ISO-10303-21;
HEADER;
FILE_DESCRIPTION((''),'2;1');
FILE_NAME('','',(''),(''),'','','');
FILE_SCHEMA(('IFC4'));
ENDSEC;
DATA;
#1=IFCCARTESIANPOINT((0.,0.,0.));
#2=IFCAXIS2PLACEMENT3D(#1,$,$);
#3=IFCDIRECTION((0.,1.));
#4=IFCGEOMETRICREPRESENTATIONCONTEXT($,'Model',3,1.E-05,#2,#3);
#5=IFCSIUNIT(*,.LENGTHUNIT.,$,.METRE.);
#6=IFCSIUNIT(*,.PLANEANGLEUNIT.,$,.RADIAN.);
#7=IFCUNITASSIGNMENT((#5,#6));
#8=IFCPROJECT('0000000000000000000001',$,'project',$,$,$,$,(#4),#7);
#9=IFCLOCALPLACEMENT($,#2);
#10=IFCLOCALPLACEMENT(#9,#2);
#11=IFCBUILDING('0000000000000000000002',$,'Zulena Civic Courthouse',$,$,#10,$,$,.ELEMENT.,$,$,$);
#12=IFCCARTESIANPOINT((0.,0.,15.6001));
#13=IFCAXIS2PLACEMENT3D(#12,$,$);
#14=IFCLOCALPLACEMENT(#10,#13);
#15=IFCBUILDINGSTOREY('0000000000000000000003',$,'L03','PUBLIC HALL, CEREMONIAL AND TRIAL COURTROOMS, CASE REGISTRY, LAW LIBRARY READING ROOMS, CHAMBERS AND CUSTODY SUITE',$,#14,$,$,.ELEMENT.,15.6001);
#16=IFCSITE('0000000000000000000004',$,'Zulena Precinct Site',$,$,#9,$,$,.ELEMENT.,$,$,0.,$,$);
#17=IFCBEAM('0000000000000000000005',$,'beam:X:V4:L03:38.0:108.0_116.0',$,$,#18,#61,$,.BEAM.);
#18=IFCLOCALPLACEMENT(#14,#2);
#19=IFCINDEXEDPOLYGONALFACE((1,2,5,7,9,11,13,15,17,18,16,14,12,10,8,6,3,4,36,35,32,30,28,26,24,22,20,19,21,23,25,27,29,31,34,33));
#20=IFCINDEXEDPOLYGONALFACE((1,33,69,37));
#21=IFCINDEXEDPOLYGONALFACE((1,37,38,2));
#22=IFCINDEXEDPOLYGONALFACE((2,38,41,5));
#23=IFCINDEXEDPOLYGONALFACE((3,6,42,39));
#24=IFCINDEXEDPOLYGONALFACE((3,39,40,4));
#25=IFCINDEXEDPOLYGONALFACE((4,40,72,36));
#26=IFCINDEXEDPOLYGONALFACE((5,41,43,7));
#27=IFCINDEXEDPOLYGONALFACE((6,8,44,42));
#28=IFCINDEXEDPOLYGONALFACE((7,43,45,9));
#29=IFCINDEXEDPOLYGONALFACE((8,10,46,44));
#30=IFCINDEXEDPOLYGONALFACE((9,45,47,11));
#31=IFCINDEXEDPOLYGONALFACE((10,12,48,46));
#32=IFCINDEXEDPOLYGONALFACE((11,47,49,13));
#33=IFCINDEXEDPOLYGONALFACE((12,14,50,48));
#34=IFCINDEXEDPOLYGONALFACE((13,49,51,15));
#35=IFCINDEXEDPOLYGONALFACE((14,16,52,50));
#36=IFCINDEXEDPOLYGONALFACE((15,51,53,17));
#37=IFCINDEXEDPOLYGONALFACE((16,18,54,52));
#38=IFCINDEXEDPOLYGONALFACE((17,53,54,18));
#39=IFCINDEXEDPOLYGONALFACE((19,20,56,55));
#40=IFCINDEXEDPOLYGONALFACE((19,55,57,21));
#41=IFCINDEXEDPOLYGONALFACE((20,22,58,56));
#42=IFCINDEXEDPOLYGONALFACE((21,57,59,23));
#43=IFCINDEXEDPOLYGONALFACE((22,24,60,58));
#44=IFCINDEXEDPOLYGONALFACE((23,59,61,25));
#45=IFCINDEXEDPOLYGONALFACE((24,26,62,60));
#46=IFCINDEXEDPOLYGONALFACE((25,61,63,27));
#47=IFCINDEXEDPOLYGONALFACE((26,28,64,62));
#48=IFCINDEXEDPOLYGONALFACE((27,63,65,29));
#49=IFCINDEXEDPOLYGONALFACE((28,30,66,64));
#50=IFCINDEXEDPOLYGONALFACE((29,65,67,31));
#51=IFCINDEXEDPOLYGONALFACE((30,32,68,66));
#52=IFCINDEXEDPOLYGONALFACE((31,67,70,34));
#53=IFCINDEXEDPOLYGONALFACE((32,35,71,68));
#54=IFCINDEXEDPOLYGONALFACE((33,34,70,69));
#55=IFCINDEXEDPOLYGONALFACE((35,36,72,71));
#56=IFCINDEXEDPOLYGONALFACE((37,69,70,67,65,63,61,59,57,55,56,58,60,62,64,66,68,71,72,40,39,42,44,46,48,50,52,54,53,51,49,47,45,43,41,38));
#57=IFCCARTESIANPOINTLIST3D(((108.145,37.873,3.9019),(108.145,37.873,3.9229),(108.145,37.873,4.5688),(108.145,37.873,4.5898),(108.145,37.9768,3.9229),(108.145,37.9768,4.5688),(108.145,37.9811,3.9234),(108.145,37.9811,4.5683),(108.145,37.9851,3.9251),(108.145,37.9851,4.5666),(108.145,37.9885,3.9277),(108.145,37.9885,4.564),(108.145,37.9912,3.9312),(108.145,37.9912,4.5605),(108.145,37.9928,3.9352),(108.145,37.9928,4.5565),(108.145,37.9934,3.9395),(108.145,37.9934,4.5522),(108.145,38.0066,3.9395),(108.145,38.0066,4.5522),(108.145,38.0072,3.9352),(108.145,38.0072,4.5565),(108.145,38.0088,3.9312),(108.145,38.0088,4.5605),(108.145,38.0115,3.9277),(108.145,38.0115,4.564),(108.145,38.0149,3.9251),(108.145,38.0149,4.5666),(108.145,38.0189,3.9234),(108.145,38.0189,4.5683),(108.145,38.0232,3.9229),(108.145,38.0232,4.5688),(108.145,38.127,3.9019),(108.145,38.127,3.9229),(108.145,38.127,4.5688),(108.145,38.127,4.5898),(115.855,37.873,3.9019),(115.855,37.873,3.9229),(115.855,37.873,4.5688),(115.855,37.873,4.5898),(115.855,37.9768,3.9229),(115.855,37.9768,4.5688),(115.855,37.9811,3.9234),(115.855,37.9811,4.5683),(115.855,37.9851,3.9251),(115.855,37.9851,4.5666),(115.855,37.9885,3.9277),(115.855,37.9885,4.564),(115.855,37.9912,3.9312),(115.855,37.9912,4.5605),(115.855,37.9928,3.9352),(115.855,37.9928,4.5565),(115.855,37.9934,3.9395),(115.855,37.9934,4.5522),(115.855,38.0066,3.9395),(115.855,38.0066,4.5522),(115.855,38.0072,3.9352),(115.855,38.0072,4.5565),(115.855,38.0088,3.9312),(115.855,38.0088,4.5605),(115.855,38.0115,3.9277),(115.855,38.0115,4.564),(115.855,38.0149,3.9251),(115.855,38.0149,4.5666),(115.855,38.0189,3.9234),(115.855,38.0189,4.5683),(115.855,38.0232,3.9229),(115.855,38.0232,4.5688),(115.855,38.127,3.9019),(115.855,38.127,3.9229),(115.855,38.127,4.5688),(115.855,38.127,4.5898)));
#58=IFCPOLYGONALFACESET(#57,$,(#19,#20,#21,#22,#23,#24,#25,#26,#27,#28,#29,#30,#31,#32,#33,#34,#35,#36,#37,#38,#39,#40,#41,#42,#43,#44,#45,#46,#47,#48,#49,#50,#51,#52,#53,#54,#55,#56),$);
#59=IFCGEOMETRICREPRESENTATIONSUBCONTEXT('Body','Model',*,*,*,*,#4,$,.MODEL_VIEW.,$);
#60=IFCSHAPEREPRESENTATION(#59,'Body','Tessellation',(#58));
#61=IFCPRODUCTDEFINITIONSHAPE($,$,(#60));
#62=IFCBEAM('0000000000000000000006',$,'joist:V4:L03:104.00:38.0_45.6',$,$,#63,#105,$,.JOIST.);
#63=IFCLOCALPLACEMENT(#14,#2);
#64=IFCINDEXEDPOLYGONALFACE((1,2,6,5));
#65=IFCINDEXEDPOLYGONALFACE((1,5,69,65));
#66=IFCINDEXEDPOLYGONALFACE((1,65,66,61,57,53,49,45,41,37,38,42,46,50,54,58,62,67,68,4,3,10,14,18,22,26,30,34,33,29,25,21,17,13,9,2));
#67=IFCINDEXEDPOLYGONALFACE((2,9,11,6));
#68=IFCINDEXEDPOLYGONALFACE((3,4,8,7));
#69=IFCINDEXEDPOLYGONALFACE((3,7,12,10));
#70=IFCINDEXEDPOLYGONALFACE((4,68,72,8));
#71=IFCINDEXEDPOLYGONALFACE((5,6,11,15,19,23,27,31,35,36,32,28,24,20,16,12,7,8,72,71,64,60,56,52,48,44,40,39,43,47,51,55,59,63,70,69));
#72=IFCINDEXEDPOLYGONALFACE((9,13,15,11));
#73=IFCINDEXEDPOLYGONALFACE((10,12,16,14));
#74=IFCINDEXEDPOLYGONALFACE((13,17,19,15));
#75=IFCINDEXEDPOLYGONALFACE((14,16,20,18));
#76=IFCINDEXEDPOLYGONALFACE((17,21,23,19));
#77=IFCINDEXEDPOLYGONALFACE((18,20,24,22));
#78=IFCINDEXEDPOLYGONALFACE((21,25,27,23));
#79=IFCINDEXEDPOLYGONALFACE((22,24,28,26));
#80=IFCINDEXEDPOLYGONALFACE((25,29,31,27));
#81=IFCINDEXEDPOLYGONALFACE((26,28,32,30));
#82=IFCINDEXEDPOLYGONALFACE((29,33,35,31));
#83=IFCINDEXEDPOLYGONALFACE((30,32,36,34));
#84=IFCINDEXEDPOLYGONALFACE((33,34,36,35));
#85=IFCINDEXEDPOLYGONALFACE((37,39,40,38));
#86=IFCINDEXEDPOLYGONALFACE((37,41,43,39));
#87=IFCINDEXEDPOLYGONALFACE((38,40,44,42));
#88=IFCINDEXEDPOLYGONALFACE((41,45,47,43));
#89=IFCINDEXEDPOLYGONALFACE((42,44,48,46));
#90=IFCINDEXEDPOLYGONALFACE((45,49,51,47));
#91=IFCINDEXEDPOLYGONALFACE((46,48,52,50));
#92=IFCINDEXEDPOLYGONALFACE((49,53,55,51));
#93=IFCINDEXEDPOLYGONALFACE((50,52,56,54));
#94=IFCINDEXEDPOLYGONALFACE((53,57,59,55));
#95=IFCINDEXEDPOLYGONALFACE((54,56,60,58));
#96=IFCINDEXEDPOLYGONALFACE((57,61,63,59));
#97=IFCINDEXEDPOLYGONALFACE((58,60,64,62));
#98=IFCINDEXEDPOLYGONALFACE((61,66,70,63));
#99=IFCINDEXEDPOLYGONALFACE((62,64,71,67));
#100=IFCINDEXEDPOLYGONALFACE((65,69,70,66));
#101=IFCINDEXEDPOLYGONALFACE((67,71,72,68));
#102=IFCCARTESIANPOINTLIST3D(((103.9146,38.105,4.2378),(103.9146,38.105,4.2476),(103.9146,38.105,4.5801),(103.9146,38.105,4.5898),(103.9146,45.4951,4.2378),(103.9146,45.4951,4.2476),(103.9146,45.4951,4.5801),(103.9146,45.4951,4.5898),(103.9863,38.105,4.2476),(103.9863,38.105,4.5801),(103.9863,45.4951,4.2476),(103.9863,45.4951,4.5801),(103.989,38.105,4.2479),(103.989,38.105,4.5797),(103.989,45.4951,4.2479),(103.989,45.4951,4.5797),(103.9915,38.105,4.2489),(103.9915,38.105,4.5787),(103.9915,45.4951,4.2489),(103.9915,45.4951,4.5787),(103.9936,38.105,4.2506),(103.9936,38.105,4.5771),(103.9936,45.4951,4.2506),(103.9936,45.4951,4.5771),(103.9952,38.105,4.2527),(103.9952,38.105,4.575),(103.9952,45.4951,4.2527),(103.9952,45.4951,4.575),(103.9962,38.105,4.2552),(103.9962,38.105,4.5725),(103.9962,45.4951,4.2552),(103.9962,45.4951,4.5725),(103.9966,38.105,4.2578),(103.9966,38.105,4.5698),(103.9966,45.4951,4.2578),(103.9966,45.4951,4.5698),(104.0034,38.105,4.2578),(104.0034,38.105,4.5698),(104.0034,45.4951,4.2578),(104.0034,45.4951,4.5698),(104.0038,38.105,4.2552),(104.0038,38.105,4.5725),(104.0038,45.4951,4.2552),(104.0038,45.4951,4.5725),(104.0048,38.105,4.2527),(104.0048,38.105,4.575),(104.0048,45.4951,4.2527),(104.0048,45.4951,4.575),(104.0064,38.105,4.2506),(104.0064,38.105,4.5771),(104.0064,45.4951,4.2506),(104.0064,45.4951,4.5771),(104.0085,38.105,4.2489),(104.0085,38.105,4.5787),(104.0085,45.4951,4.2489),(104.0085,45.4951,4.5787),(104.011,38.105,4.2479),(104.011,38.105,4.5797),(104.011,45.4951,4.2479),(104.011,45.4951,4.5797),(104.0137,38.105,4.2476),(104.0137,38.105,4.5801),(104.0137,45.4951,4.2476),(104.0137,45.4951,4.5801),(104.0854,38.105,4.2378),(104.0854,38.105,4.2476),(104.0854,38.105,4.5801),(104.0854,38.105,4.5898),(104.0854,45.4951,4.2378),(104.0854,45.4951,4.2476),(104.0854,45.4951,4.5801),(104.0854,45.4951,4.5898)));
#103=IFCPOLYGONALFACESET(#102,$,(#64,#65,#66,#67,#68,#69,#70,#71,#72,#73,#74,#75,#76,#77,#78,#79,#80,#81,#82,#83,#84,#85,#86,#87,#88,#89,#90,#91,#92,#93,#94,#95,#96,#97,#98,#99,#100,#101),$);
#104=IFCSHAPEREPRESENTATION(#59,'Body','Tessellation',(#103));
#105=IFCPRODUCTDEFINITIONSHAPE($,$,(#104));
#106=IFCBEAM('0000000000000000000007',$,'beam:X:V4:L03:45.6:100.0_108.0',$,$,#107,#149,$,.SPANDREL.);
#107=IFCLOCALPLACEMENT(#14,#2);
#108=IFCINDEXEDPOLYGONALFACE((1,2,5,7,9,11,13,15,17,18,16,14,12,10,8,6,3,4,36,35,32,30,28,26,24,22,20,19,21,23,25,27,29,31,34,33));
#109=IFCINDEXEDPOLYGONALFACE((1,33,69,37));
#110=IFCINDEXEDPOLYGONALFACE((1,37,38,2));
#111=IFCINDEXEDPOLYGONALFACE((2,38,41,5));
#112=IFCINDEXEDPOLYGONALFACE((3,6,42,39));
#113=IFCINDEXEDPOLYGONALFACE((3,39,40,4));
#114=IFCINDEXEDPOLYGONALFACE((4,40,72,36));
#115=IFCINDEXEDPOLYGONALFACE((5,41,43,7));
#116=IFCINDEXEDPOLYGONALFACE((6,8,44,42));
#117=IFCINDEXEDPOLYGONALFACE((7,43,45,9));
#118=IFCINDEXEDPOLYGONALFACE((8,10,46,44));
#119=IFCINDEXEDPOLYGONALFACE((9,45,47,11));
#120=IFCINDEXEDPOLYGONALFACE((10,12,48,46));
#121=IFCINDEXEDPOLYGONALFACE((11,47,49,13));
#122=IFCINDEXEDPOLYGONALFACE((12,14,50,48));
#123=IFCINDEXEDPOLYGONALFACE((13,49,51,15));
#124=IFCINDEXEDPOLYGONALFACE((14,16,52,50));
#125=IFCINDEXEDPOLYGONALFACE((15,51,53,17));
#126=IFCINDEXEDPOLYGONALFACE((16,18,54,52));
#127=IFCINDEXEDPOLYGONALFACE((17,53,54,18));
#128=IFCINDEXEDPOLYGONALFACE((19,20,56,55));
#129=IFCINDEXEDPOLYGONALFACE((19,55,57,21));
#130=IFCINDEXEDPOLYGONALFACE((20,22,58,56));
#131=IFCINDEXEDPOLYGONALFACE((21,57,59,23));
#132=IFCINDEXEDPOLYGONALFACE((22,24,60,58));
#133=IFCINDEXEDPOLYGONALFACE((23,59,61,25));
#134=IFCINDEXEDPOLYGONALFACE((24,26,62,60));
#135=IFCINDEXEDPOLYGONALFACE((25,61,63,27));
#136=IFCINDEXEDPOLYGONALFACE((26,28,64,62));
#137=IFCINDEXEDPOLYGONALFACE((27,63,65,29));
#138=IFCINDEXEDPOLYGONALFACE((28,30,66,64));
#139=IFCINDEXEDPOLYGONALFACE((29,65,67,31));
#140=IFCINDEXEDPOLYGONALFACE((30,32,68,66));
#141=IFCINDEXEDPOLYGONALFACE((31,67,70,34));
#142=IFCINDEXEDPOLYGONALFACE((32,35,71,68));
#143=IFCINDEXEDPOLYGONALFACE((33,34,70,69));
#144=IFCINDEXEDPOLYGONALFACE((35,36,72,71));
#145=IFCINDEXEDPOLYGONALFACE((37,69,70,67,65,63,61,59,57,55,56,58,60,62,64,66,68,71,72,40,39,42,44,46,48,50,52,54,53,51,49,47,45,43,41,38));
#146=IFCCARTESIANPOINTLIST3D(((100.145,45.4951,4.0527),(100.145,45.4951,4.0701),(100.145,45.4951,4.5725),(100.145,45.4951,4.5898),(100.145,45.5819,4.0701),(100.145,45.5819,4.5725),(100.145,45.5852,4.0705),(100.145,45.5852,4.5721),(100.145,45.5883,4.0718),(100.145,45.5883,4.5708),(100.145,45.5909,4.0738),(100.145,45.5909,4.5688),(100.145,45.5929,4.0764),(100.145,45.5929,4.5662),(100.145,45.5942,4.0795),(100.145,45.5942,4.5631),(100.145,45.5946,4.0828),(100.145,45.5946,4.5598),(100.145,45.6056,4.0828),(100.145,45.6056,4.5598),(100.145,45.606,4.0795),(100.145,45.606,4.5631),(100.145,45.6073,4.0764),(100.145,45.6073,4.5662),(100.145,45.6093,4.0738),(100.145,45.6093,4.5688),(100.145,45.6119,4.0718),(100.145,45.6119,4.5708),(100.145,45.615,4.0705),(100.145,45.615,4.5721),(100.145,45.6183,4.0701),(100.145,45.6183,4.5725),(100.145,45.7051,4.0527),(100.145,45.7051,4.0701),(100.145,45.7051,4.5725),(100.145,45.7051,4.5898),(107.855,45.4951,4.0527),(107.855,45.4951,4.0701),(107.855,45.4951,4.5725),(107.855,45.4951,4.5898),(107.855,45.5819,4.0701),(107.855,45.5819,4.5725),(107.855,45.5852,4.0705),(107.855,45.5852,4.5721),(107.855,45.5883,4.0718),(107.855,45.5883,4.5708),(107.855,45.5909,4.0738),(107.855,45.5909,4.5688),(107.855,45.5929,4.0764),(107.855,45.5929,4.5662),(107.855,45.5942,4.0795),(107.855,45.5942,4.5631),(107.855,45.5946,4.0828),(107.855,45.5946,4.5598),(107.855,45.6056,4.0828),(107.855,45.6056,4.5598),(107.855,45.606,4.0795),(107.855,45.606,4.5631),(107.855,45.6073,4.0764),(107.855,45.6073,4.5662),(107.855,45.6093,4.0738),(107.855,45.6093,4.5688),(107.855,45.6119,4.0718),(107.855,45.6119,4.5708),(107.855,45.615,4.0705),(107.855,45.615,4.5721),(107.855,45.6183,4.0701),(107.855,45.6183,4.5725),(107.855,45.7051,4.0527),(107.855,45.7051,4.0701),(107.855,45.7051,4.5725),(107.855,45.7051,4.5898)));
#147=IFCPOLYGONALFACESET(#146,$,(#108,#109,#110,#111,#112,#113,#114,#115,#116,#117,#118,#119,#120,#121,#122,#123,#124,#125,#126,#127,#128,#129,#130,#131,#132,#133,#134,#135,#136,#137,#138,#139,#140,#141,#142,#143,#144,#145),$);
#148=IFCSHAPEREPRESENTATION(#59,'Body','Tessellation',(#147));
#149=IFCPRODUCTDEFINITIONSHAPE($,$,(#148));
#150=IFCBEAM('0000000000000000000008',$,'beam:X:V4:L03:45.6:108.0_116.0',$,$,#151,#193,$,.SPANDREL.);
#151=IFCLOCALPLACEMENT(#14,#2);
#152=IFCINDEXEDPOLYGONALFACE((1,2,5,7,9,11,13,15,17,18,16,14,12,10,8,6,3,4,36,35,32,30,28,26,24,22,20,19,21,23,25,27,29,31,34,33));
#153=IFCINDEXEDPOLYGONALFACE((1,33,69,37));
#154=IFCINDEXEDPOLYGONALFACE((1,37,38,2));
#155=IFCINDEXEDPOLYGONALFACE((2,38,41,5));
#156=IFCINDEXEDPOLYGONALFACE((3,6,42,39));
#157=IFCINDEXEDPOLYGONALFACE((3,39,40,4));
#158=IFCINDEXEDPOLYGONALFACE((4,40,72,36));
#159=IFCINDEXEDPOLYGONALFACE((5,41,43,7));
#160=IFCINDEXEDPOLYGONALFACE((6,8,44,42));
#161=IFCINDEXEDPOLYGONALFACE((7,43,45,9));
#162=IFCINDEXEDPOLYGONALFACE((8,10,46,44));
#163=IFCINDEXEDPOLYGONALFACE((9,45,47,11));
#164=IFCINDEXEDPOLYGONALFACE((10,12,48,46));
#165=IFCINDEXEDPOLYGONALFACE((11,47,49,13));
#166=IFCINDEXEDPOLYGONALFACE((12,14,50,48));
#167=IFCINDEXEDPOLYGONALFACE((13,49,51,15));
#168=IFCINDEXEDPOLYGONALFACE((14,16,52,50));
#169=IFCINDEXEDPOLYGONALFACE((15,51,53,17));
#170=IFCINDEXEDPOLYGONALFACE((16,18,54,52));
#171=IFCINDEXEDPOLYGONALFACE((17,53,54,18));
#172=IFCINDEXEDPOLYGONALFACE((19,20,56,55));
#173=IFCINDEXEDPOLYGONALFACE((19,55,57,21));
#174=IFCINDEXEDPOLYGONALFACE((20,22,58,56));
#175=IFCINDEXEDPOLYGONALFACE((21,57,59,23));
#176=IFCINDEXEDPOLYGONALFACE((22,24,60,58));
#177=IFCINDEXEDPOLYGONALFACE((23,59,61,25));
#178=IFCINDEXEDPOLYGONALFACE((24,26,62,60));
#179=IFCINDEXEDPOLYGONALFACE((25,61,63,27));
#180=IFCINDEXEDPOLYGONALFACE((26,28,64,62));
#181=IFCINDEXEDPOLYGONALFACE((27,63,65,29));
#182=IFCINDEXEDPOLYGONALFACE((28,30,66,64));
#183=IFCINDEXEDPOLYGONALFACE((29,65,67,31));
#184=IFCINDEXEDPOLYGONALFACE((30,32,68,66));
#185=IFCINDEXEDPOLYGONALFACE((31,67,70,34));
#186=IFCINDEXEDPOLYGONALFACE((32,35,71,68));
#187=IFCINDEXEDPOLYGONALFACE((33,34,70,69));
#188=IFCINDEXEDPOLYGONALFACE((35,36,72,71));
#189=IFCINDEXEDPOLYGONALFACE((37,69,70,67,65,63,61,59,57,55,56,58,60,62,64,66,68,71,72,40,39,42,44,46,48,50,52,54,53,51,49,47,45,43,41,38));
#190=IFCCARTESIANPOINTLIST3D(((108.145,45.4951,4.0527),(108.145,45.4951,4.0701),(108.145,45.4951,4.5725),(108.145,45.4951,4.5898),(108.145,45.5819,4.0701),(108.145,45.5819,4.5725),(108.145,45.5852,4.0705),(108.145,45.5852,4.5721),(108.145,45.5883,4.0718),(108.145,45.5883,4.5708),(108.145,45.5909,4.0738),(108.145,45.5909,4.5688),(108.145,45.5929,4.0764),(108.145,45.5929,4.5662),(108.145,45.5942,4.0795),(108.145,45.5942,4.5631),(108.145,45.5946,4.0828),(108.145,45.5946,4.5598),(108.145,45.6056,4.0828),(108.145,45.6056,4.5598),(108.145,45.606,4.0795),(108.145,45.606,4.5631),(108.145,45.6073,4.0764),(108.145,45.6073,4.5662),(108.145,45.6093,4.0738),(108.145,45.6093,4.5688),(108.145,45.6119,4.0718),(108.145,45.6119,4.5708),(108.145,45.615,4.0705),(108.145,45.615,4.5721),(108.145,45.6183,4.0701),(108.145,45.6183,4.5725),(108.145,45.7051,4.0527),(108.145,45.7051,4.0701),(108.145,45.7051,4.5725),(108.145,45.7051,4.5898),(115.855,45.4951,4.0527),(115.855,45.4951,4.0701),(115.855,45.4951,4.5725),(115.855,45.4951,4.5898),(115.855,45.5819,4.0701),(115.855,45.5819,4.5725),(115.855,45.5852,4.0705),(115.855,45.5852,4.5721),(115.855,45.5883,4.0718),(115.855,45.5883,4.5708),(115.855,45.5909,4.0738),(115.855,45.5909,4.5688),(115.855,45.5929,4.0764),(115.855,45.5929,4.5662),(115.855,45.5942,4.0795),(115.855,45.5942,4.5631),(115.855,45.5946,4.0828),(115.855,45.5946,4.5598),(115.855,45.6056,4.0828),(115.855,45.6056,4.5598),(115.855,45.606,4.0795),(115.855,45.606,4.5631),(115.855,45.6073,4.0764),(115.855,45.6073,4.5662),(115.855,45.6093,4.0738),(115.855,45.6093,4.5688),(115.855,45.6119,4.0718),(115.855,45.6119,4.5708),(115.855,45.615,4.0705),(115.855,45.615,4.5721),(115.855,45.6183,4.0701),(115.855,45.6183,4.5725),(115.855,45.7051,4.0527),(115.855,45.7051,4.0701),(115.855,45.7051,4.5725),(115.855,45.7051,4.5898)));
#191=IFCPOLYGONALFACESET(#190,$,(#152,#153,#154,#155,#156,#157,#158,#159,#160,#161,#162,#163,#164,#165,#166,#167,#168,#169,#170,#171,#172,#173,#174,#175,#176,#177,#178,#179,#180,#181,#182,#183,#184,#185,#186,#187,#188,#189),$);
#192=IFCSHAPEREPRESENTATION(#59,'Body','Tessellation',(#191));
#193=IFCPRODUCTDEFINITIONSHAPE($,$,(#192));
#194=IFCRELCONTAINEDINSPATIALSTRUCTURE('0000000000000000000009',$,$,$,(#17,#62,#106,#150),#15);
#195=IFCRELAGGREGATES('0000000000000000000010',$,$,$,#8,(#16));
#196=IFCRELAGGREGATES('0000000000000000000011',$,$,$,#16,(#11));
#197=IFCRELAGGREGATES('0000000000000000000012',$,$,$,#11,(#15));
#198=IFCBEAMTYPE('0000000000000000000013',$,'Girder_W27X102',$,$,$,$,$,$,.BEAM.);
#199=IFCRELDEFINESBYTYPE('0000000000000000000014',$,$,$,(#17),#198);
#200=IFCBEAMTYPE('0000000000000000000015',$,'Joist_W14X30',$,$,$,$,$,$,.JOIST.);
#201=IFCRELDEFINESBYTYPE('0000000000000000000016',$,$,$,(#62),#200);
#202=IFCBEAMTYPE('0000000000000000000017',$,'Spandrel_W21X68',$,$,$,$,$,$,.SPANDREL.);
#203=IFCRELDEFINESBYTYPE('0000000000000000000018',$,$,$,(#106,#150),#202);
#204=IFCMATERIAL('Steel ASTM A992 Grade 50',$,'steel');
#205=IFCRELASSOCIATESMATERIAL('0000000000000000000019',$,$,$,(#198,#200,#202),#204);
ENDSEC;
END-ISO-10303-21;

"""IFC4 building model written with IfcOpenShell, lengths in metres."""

from ifc_helpers import new_model, si_unit, direction, frame, origin, origin_2d, place, context, subcontext, project, spatial, i_section, extrude, material, material_profile, profile_set, type_object, element, save


model = new_model("IFC4")

# Units and contexts
model_context = context("Model", 3, precision=1e-05, world=origin(), true_north=direction((0.0, 1.0)))
body_context = subcontext(model_context, "Body", "Model", "MODEL_VIEW")
ifc_project = project(units=[si_unit("LENGTHUNIT", "METRE"), si_unit("PLANEANGLEUNIT", "RADIAN")], contexts=[model_context])

# Site, building, storey
site_placement = place(None, origin())
site = spatial("IfcSite", under=ifc_project, at=site_placement, Name="Zulena Precinct Site", CompositionType="ELEMENT", RefElevation=0.0)
building_placement = place(site_placement, origin())
building = spatial("IfcBuilding", under=site, at=building_placement, Name="Zulena Civic Courthouse", CompositionType="ELEMENT")
storey_placement = place(building_placement, frame((0.0, 0.0, 15.6001)))
storey = spatial("IfcBuildingStorey", under=building, at=storey_placement, Name="L03", Description="PUBLIC HALL, CEREMONIAL AND TRIAL COURTROOMS, CASE REGISTRY, LAW LIBRARY READING ROOMS, CHAMBERS AND CUSTODY SUITE", CompositionType="ELEMENT", Elevation=15.6001)

# Shared definitions
ifc_material_1 = material(Name="Steel ASTM A992 Grade 50", Category="steel")

# Beams
ifc_material_profile_1 = material_profile(ifc_material_1, i_section(OverallWidth=0.2539, OverallDepth=0.688, WebThickness=0.0132, FlangeThickness=0.021, FilletRadius=0.0166, at=origin_2d()), Name="W27X102")
ifc_profile_set_1 = profile_set([ifc_material_profile_1], Name="Steel ASTM A992 Grade 50")
beam_type_1 = type_object("IfcBeamType", Name="Girder_W27X102", PredefinedType="BEAM", material=ifc_profile_set_1)
for number, where, z_axis, x_axis, name in (
    (1, (108.145, 38.0, 4.2458), (1.0, 0.0, 0.0), (0.0, 1.0, 0.0), "beam:X:V4:L03:38.0:108.0_116.0"),
):
    element("IfcBeam", number, at=place(storey_placement, frame(where, z_axis=z_axis, x_axis=x_axis)), inside=storey, type_object=beam_type_1, Name=name, PredefinedType="BEAM", context=body_context, shape_type="SweptSolid", body=[
        extrude(i_section(OverallWidth=0.2539, OverallDepth=0.688, WebThickness=0.0132, FlangeThickness=0.021, FilletRadius=0.0166, at=origin_2d()), origin(), (0.0, 0.0, 1.0), 7.71),
    ])
ifc_material_profile_2 = material_profile(ifc_material_1, i_section(OverallWidth=0.1709, OverallDepth=0.3521, WebThickness=0.0068, FlangeThickness=0.0098, FilletRadius=0.0103, at=origin_2d()), Name="W14X30")
ifc_profile_set_2 = profile_set([ifc_material_profile_2], Name="Steel ASTM A992 Grade 50")
beam_type_2 = type_object("IfcBeamType", Name="Joist_W14X30", PredefinedType="JOIST", material=ifc_profile_set_2)
beam_1_placement = place(storey_placement, frame((104.0, 38.105, 4.4138), z_axis=(0.0, 1.0, 0.0), x_axis=(-1.0, 0.0, 0.0)))
element("IfcBeam", 2, at=beam_1_placement, inside=storey, type_object=beam_type_2, Name="joist:V4:L03:104.00:38.0_45.6", PredefinedType="JOIST", context=body_context, shape_type="SweptSolid", body=[
    extrude(i_section(OverallWidth=0.1709, OverallDepth=0.3521, WebThickness=0.0068, FlangeThickness=0.0098, FilletRadius=0.0103, at=origin_2d()), origin(), (0.0, 0.0, 1.0), 7.3901),
])
ifc_material_profile_3 = material_profile(ifc_material_1, i_section(OverallWidth=0.21, OverallDepth=0.5371, WebThickness=0.011, FlangeThickness=0.0173, FilletRadius=0.0127, at=origin_2d()), Name="W21X68")
ifc_profile_set_3 = profile_set([ifc_material_profile_3], Name="Steel ASTM A992 Grade 50")
beam_type_3 = type_object("IfcBeamType", Name="Spandrel_W21X68", PredefinedType="SPANDREL", material=ifc_profile_set_3)
for number, where, z_axis, x_axis, name in (
    (3, (100.145, 45.6001, 4.3213), (1.0, 0.0, 0.0), (0.0, 1.0, 0.0), "beam:X:V4:L03:45.6:100.0_108.0"),
    (4, (108.145, 45.6001, 4.3213), (1.0, 0.0, 0.0), (0.0, 1.0, 0.0), "beam:X:V4:L03:45.6:108.0_116.0"),
):
    element("IfcBeam", number, at=place(storey_placement, frame(where, z_axis=z_axis, x_axis=x_axis)), inside=storey, type_object=beam_type_3, Name=name, PredefinedType="SPANDREL", context=body_context, shape_type="SweptSolid", body=[
        extrude(i_section(OverallWidth=0.21, OverallDepth=0.5371, WebThickness=0.011, FlangeThickness=0.0173, FilletRadius=0.0127, at=origin_2d()), origin(), (0.0, 0.0, 1.0), 7.71),
    ])

save(model, "model.ifc")
